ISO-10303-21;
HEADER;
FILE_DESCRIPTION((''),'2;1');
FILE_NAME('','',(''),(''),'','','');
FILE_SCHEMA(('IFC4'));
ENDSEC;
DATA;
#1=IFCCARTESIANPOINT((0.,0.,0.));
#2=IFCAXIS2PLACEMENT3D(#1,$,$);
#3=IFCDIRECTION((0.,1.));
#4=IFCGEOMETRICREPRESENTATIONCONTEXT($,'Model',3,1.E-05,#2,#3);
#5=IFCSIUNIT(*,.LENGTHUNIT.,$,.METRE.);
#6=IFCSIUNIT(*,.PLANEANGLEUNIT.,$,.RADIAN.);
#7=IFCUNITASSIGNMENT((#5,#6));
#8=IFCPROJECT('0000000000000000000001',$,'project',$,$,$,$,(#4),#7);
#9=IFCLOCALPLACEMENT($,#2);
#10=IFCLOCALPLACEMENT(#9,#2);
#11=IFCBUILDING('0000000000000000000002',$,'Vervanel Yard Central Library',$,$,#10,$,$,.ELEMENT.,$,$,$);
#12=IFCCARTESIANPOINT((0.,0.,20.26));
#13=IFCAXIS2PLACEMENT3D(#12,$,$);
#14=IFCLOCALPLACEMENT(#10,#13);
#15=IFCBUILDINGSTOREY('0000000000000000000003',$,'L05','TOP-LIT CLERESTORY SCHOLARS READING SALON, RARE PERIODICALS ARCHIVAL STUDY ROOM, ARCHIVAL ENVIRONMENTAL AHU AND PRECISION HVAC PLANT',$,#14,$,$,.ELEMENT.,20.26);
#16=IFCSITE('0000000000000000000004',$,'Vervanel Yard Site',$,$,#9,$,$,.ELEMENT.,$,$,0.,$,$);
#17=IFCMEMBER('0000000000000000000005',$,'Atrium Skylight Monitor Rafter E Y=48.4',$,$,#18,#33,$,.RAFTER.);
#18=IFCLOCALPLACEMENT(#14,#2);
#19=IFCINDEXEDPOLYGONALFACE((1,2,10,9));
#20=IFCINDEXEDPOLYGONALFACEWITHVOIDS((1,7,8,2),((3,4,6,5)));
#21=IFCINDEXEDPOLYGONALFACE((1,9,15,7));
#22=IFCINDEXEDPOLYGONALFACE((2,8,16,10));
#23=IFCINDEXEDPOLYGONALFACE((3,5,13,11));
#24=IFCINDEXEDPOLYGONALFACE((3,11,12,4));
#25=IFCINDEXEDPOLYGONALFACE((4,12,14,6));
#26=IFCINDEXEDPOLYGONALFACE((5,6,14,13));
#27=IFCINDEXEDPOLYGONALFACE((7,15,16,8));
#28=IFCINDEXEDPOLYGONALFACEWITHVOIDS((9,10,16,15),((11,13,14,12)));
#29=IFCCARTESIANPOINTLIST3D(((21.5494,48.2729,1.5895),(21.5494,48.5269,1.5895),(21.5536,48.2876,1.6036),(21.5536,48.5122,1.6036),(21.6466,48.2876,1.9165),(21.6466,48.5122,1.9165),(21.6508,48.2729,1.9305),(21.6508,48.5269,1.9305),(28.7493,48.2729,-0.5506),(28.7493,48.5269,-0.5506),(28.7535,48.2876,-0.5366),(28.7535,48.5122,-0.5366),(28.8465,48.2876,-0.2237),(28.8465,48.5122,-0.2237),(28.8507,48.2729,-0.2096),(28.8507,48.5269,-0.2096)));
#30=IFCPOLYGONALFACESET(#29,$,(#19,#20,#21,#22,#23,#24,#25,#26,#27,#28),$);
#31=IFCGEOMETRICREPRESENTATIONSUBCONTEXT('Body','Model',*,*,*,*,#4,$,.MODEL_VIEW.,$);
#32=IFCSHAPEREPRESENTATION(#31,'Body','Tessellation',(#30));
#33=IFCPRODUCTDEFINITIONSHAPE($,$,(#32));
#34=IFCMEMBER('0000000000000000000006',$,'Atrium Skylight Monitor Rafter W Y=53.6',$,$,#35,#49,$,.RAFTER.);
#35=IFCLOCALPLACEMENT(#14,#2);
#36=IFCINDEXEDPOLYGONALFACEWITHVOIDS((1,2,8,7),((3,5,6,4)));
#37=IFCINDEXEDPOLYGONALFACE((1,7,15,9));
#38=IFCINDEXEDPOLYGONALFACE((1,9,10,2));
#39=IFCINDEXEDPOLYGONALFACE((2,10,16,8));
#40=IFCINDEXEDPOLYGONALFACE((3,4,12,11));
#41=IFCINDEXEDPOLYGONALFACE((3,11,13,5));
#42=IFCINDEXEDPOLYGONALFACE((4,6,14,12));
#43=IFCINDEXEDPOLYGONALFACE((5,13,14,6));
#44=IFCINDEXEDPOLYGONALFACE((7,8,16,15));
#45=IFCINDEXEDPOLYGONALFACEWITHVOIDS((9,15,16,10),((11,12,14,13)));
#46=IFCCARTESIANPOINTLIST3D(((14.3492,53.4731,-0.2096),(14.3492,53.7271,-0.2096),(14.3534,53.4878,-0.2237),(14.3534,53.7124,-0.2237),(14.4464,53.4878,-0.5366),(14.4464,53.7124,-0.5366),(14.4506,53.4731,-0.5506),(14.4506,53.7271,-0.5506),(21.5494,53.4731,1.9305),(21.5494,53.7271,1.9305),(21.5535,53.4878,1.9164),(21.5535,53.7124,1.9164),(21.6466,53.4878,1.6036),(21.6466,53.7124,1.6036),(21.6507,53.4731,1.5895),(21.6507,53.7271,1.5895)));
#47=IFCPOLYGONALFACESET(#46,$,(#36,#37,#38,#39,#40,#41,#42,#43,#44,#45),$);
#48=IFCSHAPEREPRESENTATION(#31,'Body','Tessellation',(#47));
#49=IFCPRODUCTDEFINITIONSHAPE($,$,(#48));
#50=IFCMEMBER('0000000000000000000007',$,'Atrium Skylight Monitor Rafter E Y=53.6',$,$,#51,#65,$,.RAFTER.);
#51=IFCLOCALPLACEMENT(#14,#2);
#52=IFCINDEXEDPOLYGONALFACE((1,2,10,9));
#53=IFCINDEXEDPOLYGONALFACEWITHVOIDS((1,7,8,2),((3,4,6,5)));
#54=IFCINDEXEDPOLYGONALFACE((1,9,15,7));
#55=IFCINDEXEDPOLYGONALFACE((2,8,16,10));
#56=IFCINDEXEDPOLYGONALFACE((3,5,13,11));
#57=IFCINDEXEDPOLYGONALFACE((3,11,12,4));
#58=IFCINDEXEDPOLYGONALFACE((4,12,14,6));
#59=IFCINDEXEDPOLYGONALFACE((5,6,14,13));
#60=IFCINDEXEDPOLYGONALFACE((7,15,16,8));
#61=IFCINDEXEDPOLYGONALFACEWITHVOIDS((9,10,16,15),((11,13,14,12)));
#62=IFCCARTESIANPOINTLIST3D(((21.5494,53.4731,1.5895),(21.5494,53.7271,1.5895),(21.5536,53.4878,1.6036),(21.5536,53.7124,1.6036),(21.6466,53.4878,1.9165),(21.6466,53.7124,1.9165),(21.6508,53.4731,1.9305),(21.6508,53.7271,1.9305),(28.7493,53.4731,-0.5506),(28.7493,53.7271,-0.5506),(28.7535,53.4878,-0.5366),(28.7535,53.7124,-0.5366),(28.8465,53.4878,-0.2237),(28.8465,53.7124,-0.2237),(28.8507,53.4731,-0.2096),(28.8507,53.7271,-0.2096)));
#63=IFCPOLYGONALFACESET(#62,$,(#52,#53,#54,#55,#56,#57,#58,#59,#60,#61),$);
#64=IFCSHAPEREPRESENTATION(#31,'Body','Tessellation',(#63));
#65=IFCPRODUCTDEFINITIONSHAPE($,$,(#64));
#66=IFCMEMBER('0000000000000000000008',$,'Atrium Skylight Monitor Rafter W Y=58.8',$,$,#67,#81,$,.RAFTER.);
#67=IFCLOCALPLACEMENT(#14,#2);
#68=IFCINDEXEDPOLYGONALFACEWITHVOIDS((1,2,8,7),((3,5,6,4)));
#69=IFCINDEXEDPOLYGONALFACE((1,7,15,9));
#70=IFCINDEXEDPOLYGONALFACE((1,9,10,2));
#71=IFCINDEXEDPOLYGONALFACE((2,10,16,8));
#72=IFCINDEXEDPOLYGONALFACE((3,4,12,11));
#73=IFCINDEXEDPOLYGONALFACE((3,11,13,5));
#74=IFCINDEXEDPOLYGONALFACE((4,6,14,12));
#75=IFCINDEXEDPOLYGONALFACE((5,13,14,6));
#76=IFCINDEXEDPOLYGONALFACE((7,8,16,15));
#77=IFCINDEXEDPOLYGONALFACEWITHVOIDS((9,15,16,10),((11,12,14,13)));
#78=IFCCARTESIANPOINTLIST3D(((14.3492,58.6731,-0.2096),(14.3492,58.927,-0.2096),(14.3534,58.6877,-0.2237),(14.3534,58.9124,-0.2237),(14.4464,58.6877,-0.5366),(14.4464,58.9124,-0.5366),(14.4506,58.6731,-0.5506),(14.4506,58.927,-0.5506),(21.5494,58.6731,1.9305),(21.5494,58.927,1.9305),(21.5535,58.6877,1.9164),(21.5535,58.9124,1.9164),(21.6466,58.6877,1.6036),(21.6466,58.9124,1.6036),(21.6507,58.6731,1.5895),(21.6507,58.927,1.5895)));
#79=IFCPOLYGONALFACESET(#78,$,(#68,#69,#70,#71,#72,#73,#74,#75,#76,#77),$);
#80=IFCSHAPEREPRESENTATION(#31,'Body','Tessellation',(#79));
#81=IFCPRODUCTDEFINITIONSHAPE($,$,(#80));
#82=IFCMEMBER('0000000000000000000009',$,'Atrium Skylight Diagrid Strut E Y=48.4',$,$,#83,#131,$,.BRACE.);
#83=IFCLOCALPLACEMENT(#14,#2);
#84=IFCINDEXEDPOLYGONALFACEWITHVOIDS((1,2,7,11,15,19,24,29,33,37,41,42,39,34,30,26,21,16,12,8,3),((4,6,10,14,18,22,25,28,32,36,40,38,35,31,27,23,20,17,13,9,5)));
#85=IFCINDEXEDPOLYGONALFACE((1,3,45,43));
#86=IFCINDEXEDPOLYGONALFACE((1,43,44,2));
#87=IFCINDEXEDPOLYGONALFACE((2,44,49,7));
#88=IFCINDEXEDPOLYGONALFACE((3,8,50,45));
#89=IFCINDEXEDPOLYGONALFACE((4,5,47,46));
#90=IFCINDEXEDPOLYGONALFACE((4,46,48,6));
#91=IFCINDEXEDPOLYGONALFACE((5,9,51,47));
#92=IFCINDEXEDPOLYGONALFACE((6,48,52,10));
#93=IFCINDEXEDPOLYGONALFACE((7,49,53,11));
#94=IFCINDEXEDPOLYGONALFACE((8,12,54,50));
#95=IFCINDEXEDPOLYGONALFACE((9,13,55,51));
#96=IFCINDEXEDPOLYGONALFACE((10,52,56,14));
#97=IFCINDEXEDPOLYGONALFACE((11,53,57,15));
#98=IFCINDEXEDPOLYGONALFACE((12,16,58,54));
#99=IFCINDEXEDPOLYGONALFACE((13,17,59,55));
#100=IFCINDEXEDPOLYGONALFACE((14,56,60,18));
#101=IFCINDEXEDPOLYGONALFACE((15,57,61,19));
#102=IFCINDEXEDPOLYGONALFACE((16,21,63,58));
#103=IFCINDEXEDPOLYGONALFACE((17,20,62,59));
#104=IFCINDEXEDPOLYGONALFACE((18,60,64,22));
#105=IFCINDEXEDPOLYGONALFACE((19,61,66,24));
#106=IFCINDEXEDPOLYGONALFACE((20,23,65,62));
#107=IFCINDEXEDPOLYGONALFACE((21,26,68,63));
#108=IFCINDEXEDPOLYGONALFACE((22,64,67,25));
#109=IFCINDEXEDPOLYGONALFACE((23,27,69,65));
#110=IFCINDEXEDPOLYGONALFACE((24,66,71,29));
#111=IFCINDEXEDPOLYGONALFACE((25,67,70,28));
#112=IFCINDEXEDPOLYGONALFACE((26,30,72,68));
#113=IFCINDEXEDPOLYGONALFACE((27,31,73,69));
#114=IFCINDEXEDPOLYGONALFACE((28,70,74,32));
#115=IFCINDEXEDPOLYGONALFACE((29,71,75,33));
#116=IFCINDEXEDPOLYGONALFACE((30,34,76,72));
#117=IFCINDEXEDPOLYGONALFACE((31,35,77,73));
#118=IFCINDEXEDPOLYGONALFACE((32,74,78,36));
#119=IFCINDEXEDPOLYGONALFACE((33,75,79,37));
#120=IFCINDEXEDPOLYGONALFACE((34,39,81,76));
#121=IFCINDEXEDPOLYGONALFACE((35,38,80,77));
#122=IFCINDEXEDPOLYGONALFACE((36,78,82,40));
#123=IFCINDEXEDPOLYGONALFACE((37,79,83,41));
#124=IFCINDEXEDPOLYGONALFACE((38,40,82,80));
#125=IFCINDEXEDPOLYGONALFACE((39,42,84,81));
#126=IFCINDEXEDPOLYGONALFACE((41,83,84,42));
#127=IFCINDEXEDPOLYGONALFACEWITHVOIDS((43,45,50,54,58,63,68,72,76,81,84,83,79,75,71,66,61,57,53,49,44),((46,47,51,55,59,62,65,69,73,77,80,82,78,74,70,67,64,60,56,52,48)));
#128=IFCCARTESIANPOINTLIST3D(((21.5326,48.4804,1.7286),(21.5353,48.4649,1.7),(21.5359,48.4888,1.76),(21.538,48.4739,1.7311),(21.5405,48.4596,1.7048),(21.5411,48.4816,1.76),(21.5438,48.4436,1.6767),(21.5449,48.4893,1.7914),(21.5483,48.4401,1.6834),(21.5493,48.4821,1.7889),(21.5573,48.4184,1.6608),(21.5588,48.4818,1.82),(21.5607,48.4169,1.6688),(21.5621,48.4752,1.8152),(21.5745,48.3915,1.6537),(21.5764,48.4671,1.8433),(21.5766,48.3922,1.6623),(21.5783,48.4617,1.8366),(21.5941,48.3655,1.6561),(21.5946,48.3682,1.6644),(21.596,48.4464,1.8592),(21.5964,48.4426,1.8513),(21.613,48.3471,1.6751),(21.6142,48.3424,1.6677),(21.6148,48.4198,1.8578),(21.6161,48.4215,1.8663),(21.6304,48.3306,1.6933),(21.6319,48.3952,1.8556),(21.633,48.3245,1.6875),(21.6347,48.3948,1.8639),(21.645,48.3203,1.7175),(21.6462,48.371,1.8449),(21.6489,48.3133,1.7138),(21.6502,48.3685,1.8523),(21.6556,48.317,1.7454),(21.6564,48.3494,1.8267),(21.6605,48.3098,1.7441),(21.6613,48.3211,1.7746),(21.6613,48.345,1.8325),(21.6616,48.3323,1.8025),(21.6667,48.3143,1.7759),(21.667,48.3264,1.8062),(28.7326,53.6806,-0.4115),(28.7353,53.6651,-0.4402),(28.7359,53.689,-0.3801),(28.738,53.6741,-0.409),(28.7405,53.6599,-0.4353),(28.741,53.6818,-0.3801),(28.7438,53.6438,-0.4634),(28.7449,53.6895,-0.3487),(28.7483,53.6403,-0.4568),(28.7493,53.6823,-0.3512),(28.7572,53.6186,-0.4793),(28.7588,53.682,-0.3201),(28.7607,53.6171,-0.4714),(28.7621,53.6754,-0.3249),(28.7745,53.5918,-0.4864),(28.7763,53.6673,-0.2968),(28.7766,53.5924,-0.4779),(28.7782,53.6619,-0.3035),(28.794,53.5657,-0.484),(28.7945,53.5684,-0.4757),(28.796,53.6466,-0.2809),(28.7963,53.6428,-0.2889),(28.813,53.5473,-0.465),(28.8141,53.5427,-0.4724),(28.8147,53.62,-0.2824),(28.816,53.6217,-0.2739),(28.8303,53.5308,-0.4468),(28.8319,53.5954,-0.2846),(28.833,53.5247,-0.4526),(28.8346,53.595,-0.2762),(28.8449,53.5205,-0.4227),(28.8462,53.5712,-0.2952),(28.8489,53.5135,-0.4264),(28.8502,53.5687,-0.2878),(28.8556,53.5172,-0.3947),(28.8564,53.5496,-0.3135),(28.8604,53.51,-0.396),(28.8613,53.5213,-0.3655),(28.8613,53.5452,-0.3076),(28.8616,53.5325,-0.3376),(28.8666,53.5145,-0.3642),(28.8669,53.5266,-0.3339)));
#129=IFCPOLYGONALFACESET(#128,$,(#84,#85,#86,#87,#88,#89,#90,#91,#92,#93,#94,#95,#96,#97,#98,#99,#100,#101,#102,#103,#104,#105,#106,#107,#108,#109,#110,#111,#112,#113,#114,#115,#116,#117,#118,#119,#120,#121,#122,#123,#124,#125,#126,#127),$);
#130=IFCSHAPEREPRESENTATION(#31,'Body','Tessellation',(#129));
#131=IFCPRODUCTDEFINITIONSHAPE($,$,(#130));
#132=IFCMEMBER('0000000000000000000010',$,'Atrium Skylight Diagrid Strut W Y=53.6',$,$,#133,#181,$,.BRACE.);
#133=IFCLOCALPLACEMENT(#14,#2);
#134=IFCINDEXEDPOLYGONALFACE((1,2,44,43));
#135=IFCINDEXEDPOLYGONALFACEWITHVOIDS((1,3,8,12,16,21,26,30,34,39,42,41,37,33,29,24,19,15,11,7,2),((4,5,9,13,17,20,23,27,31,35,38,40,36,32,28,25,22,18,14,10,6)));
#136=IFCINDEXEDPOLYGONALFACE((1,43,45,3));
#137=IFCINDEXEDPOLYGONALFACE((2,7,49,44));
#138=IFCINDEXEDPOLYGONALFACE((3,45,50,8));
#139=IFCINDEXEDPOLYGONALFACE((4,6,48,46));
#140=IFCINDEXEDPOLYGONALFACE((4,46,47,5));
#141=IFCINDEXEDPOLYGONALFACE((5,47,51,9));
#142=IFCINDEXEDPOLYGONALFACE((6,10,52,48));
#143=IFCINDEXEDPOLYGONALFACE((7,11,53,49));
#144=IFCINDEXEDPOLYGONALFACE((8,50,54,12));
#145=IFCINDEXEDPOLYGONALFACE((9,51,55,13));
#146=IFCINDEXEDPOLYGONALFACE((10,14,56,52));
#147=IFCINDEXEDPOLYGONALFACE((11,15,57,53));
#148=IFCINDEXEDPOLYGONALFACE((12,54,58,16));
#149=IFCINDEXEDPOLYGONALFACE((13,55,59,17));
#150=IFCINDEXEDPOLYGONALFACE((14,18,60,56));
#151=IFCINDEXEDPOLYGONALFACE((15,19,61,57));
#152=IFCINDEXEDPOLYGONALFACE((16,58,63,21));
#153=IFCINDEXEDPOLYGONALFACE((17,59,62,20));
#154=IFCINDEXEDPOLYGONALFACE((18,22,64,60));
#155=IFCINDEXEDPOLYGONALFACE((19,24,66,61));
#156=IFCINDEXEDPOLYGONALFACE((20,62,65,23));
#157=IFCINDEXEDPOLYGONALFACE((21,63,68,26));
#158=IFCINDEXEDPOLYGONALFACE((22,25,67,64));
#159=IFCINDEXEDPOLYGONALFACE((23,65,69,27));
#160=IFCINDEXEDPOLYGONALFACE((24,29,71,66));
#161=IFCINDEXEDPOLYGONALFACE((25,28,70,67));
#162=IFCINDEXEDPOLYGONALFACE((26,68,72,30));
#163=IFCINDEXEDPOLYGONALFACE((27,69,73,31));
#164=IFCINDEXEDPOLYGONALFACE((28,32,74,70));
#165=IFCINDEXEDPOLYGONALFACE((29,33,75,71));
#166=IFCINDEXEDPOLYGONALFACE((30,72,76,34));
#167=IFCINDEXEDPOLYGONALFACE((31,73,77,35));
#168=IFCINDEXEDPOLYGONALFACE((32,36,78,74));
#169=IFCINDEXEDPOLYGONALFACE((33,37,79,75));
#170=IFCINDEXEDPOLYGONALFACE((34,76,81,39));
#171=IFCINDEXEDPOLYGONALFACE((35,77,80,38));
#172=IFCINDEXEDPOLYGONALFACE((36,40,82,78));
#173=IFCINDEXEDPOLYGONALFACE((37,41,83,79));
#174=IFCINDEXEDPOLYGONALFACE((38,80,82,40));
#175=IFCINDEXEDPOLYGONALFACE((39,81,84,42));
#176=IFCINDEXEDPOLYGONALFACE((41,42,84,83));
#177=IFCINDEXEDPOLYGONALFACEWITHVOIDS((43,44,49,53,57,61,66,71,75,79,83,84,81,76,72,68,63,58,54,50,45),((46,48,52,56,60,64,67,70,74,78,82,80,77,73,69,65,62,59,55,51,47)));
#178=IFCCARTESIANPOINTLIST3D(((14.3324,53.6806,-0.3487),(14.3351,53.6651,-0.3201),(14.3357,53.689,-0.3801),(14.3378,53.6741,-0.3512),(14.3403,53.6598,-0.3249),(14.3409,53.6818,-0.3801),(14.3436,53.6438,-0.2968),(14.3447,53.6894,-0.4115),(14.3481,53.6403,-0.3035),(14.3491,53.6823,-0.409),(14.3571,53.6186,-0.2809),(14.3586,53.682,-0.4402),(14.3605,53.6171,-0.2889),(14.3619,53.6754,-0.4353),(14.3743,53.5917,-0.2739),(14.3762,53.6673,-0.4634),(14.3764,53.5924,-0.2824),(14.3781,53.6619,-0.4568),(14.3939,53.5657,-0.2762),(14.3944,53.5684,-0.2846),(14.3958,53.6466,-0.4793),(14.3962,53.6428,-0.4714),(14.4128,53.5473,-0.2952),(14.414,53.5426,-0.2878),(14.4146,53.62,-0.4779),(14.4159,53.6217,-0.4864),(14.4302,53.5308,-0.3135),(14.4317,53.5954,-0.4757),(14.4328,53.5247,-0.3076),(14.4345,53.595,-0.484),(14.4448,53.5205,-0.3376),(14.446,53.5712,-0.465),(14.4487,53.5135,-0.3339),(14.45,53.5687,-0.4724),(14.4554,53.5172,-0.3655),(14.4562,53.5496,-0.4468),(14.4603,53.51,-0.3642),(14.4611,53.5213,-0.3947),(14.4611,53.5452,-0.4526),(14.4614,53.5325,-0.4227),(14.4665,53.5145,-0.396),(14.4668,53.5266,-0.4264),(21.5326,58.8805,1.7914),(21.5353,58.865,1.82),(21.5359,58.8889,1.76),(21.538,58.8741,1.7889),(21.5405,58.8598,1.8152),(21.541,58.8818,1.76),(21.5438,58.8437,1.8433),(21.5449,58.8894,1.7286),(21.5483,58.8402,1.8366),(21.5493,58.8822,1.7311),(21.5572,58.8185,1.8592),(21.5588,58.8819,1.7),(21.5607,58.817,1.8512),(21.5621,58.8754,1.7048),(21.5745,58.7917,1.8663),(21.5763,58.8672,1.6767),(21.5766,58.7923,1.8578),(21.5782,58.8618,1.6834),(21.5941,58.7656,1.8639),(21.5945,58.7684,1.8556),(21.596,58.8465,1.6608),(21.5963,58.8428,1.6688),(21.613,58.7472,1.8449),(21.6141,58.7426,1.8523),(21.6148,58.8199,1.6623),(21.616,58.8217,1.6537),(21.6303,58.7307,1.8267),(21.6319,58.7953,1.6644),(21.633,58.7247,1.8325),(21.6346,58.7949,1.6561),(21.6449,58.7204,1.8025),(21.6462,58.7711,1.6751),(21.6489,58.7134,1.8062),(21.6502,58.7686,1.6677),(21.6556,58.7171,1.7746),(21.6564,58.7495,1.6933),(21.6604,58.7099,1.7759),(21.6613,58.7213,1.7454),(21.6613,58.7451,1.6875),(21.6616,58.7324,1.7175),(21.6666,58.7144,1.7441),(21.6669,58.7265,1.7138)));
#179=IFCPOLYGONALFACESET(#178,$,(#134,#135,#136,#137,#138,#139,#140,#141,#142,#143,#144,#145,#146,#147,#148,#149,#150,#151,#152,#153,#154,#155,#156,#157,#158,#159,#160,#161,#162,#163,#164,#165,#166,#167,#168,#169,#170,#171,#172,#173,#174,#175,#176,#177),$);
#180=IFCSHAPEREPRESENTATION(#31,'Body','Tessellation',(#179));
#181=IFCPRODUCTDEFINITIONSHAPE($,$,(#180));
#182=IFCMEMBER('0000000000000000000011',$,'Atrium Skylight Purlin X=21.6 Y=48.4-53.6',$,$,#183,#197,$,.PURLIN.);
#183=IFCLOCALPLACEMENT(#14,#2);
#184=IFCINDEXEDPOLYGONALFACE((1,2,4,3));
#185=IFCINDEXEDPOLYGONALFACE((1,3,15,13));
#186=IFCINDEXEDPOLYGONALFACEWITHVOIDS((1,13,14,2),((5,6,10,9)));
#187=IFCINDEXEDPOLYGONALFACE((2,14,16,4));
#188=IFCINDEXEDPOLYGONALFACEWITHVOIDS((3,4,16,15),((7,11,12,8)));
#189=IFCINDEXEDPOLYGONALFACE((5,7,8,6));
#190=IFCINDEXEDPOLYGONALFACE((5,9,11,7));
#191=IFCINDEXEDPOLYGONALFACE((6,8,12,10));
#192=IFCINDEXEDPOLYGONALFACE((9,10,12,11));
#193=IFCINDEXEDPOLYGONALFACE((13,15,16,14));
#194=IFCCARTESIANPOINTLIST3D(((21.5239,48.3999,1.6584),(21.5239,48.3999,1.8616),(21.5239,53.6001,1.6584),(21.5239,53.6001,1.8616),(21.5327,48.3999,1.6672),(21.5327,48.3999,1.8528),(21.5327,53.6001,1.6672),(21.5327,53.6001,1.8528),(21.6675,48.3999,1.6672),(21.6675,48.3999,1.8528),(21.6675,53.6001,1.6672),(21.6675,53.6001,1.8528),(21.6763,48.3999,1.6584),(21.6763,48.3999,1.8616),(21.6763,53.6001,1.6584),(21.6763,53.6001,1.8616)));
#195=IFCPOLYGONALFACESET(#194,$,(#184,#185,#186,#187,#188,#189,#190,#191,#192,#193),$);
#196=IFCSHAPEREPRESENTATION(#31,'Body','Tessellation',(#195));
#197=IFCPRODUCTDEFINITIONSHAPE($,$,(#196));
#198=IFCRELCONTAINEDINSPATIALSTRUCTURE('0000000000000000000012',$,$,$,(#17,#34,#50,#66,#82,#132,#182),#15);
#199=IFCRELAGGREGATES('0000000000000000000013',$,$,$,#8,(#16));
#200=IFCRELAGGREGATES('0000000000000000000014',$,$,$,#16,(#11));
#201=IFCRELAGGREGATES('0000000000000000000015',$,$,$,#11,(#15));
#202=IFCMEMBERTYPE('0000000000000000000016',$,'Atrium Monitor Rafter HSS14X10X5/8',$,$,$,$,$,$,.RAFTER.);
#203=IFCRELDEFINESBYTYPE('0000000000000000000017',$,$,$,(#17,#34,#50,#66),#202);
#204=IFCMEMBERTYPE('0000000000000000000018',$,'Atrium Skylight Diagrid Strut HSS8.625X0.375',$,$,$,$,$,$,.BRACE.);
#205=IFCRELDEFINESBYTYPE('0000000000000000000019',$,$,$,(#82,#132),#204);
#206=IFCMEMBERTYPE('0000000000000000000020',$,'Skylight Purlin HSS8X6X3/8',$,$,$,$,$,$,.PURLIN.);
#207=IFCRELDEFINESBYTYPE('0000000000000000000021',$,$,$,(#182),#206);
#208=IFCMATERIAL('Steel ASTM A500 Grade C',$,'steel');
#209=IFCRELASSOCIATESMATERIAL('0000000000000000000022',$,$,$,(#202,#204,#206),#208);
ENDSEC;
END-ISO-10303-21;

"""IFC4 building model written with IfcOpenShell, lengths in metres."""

from ifc_helpers import new_model, si_unit, direction, frame, origin, origin_2d, place, context, subcontext, project, spatial, hollow_rectangle, hollow_circle, extrude, material, material_profile, profile_set, type_object, element, save


model = new_model("IFC4")

# Units and contexts
model_context = context("Model", 3, precision=1e-05, world=origin(), true_north=direction((0.0, 1.0)))
body_context = subcontext(model_context, "Body", "Model", "MODEL_VIEW")
ifc_project = project(units=[si_unit("LENGTHUNIT", "METRE"), si_unit("PLANEANGLEUNIT", "RADIAN")], contexts=[model_context])

# Site, building, storey
site_placement = place(None, origin())
site = spatial("IfcSite", under=ifc_project, at=site_placement, Name="Vervanel Yard Site", CompositionType="ELEMENT", RefElevation=0.0)
building_placement = place(site_placement, origin())
building = spatial("IfcBuilding", under=site, at=building_placement, Name="Vervanel Yard Central Library", CompositionType="ELEMENT")
storey_placement = place(building_placement, frame((0.0, 0.0, 20.26)))
storey = spatial("IfcBuildingStorey", under=building, at=storey_placement, Name="L05", Description="TOP-LIT CLERESTORY SCHOLARS READING SALON, RARE PERIODICALS ARCHIVAL STUDY ROOM, ARCHIVAL ENVIRONMENTAL AHU AND PRECISION HVAC PLANT", CompositionType="ELEMENT", Elevation=20.26)

# Members
ifc_material_1 = material(Name="Steel ASTM A500 Grade C", Category="steel")
ifc_material_profile_1 = material_profile(ifc_material_1, hollow_rectangle(XDim=0.2539, YDim=0.3557, WallThickness=0.0146, at=origin_2d()), Name="HSS14X10X5/8", Category="steel")
ifc_profile_set_1 = profile_set([ifc_material_profile_1], Name="Steel ASTM A500 Grade C")
member_type_1 = type_object("IfcMemberType", Name="Atrium Monitor Rafter HSS14X10X5/8", PredefinedType="RAFTER", material=ifc_profile_set_1)
member_1_placement = place(storey_placement, frame((21.6001, 48.3999, 1.76), z_axis=(0.958551, 0.0, -0.284923), x_axis=(0.0, 1.0, 0.0)))
element("IfcMember", 1, at=member_1_placement, inside=storey, type_object=member_type_1, Name="Atrium Skylight Monitor Rafter E Y=48.4", PredefinedType="RAFTER", context=body_context, shape_type="SweptSolid", body=[
    extrude(hollow_rectangle(XDim=0.2539, YDim=0.3557, WallThickness=0.0146, at=origin_2d()), origin(), (0.0, 0.0, 1.0), 7.5112),
])
member_2_placement = place(storey_placement, frame((14.3999, 53.6001, -0.3801), z_axis=(0.958553, 0.0, 0.284914), x_axis=(0.0, 1.0, 0.0)))
element("IfcMember", 2, at=member_2_placement, inside=storey, type_object=member_type_1, Name="Atrium Skylight Monitor Rafter W Y=53.6", PredefinedType="RAFTER", context=body_context, shape_type="SweptSolid", body=[
    extrude(hollow_rectangle(XDim=0.2539, YDim=0.3557, WallThickness=0.0146, at=origin_2d()), origin(), (0.0, 0.0, 1.0), 7.5115),
])
member_3_placement = place(storey_placement, frame((21.6001, 53.6001, 1.76), z_axis=(0.958551, 0.0, -0.284923), x_axis=(0.0, 1.0, 0.0)))
element("IfcMember", 3, at=member_3_placement, inside=storey, type_object=member_type_1, Name="Atrium Skylight Monitor Rafter E Y=53.6", PredefinedType="RAFTER", context=body_context, shape_type="SweptSolid", body=[
    extrude(hollow_rectangle(XDim=0.2539, YDim=0.3557, WallThickness=0.0146, at=origin_2d()), origin(), (0.0, 0.0, 1.0), 7.5112),
])
member_4_placement = place(storey_placement, frame((14.3999, 58.8, -0.3801), z_axis=(0.958553, 0.0, 0.284914), x_axis=(0.0, 1.0, 0.0)))
element("IfcMember", 4, at=member_4_placement, inside=storey, type_object=member_type_1, Name="Atrium Skylight Monitor Rafter W Y=58.8", PredefinedType="RAFTER", context=body_context, shape_type="SweptSolid", body=[
    extrude(hollow_rectangle(XDim=0.2539, YDim=0.3557, WallThickness=0.0146, at=origin_2d()), origin(), (0.0, 0.0, 1.0), 7.5115),
])
ifc_material_profile_2 = material_profile(ifc_material_1, hollow_circle(Radius=0.1096, WallThickness=0.0088, at=origin_2d()), Name="HSS8.625X0.375", Category="steel")
ifc_profile_set_2 = profile_set([ifc_material_profile_2], Name="Steel ASTM A500 Grade C")
member_type_2 = type_object("IfcMemberType", Name="Atrium Skylight Diagrid Strut HSS8.625X0.375", PredefinedType="BRACE", material=ifc_profile_set_2)
for number, where, z_axis, x_axis, name in (
    (5, (21.6001, 48.3999, 1.76), (0.788109, 0.569215, -0.23426), (-0.585508, 0.810667, 0.0), "Atrium Skylight Diagrid Strut E Y=48.4"),
    (6, (14.3999, 53.6001, -0.3801), (0.788131, 0.569185, 0.234259), (-0.585477, 0.810689, 0.0), "Atrium Skylight Diagrid Strut W Y=53.6"),
):
    element("IfcMember", number, at=place(storey_placement, frame(where, z_axis=z_axis, x_axis=x_axis)), inside=storey, type_object=member_type_2, Name=name, PredefinedType="BRACE", context=body_context, shape_type="SweptSolid", body=[
        extrude(hollow_circle(Radius=0.1096, WallThickness=0.0088, at=origin_2d()), origin(), (0.0, 0.0, 1.0), 9.1357),
    ])
ifc_material_profile_3 = material_profile(ifc_material_1, hollow_rectangle(XDim=0.1523, YDim=0.2031, WallThickness=0.0088, at=origin_2d()), Name="HSS8X6X3/8", Category="steel")
ifc_profile_set_3 = profile_set([ifc_material_profile_3], Name="Steel ASTM A500 Grade C")
member_type_3 = type_object("IfcMemberType", Name="Skylight Purlin HSS8X6X3/8", PredefinedType="PURLIN", material=ifc_profile_set_3)
member_5_placement = place(storey_placement, frame((21.6001, 48.3999, 1.76), z_axis=(0.0, 1.0, 0.0), x_axis=(-1.0, 0.0, 0.0)))
element("IfcMember", 7, at=member_5_placement, inside=storey, type_object=member_type_3, Name="Atrium Skylight Purlin X=21.6 Y=48.4-53.6", PredefinedType="PURLIN", context=body_context, shape_type="SweptSolid", body=[
    extrude(hollow_rectangle(XDim=0.1523, YDim=0.2031, WallThickness=0.0088, at=origin_2d()), origin(), (0.0, 0.0, 1.0), 5.2002),
])

save(model, "model.ifc")
